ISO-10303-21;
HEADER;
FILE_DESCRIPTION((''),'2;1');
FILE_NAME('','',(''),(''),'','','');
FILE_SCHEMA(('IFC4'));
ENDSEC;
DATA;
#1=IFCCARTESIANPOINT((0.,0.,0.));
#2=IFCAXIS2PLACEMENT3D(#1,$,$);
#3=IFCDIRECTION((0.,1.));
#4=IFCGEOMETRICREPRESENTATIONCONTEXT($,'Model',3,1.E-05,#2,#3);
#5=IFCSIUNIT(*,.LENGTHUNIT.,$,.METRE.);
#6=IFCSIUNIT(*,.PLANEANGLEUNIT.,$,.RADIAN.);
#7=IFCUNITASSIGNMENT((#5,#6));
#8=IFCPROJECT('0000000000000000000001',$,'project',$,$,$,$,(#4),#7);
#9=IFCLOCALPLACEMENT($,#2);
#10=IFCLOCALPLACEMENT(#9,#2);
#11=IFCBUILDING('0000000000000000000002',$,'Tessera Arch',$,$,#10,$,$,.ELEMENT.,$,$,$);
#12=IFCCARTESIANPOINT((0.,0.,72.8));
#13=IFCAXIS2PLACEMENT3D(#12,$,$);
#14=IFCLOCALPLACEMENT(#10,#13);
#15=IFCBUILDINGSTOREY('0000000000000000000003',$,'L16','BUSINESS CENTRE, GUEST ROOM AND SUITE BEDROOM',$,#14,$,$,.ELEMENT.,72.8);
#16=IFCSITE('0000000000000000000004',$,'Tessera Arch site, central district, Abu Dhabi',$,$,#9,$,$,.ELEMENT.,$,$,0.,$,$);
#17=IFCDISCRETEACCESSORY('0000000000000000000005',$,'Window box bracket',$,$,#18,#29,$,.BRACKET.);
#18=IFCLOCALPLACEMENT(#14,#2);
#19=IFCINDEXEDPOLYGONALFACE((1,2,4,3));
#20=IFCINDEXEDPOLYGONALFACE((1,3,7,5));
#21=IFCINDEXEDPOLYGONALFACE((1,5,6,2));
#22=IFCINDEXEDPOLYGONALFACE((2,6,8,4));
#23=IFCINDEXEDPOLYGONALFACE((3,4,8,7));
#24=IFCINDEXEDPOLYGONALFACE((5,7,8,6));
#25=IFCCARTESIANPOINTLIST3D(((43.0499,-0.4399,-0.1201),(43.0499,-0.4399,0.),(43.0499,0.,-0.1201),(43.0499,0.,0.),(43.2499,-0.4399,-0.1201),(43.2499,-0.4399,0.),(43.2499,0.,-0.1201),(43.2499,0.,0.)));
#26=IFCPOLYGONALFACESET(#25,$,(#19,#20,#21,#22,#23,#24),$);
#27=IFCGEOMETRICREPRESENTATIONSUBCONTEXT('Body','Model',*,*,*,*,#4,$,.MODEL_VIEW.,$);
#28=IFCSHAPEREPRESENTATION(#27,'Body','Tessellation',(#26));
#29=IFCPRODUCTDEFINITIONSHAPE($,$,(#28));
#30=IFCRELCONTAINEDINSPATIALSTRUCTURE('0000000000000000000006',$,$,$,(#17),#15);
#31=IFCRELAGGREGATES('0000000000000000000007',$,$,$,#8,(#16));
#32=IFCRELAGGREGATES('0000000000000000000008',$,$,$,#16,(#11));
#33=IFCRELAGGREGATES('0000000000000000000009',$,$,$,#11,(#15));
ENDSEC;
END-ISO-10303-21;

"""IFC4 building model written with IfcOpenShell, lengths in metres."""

from ifc_helpers import new_model, si_unit, direction, frame, origin, origin_2d, place, context, subcontext, project, spatial, rectangle, extrude, element, save


model = new_model("IFC4")

# Units and contexts
model_context = context("Model", 3, precision=1e-05, world=origin(), true_north=direction((0.0, 1.0)))
body_context = subcontext(model_context, "Body", "Model", "MODEL_VIEW")
ifc_project = project(units=[si_unit("LENGTHUNIT", "METRE"), si_unit("PLANEANGLEUNIT", "RADIAN")], contexts=[model_context])

# Site, building, storey
site_placement = place(None, origin())
site = spatial("IfcSite", under=ifc_project, at=site_placement, Name="Tessera Arch site, central district, Abu Dhabi", CompositionType="ELEMENT", RefElevation=0.0)
building_placement = place(site_placement, origin())
building = spatial("IfcBuilding", under=site, at=building_placement, Name="Tessera Arch", CompositionType="ELEMENT")
storey_placement = place(building_placement, frame((0.0, 0.0, 72.8)))
storey = spatial("IfcBuildingStorey", under=building, at=storey_placement, Name="L16", Description="BUSINESS CENTRE, GUEST ROOM AND SUITE BEDROOM", CompositionType="ELEMENT", Elevation=72.8)

# Discrete accessory
for number, where, z_axis, x_axis, name in (
    (1, (43.1499, -0.22, -0.1201), (0.0, 0.0, 1.0), (0.0, -1.0, 0.0), "Window box bracket"),
):
    element("IfcDiscreteAccessory", number, at=place(storey_placement, frame(where, z_axis=z_axis, x_axis=x_axis)), inside=storey, Name=name, PredefinedType="BRACKET", context=body_context, shape_type="SweptSolid", body=[
        extrude(rectangle(XDim=0.4399, YDim=0.2, at=origin_2d()), origin(), (0.0, 0.0, 1.0), 0.1201),
    ])

save(model, "model.ifc")
